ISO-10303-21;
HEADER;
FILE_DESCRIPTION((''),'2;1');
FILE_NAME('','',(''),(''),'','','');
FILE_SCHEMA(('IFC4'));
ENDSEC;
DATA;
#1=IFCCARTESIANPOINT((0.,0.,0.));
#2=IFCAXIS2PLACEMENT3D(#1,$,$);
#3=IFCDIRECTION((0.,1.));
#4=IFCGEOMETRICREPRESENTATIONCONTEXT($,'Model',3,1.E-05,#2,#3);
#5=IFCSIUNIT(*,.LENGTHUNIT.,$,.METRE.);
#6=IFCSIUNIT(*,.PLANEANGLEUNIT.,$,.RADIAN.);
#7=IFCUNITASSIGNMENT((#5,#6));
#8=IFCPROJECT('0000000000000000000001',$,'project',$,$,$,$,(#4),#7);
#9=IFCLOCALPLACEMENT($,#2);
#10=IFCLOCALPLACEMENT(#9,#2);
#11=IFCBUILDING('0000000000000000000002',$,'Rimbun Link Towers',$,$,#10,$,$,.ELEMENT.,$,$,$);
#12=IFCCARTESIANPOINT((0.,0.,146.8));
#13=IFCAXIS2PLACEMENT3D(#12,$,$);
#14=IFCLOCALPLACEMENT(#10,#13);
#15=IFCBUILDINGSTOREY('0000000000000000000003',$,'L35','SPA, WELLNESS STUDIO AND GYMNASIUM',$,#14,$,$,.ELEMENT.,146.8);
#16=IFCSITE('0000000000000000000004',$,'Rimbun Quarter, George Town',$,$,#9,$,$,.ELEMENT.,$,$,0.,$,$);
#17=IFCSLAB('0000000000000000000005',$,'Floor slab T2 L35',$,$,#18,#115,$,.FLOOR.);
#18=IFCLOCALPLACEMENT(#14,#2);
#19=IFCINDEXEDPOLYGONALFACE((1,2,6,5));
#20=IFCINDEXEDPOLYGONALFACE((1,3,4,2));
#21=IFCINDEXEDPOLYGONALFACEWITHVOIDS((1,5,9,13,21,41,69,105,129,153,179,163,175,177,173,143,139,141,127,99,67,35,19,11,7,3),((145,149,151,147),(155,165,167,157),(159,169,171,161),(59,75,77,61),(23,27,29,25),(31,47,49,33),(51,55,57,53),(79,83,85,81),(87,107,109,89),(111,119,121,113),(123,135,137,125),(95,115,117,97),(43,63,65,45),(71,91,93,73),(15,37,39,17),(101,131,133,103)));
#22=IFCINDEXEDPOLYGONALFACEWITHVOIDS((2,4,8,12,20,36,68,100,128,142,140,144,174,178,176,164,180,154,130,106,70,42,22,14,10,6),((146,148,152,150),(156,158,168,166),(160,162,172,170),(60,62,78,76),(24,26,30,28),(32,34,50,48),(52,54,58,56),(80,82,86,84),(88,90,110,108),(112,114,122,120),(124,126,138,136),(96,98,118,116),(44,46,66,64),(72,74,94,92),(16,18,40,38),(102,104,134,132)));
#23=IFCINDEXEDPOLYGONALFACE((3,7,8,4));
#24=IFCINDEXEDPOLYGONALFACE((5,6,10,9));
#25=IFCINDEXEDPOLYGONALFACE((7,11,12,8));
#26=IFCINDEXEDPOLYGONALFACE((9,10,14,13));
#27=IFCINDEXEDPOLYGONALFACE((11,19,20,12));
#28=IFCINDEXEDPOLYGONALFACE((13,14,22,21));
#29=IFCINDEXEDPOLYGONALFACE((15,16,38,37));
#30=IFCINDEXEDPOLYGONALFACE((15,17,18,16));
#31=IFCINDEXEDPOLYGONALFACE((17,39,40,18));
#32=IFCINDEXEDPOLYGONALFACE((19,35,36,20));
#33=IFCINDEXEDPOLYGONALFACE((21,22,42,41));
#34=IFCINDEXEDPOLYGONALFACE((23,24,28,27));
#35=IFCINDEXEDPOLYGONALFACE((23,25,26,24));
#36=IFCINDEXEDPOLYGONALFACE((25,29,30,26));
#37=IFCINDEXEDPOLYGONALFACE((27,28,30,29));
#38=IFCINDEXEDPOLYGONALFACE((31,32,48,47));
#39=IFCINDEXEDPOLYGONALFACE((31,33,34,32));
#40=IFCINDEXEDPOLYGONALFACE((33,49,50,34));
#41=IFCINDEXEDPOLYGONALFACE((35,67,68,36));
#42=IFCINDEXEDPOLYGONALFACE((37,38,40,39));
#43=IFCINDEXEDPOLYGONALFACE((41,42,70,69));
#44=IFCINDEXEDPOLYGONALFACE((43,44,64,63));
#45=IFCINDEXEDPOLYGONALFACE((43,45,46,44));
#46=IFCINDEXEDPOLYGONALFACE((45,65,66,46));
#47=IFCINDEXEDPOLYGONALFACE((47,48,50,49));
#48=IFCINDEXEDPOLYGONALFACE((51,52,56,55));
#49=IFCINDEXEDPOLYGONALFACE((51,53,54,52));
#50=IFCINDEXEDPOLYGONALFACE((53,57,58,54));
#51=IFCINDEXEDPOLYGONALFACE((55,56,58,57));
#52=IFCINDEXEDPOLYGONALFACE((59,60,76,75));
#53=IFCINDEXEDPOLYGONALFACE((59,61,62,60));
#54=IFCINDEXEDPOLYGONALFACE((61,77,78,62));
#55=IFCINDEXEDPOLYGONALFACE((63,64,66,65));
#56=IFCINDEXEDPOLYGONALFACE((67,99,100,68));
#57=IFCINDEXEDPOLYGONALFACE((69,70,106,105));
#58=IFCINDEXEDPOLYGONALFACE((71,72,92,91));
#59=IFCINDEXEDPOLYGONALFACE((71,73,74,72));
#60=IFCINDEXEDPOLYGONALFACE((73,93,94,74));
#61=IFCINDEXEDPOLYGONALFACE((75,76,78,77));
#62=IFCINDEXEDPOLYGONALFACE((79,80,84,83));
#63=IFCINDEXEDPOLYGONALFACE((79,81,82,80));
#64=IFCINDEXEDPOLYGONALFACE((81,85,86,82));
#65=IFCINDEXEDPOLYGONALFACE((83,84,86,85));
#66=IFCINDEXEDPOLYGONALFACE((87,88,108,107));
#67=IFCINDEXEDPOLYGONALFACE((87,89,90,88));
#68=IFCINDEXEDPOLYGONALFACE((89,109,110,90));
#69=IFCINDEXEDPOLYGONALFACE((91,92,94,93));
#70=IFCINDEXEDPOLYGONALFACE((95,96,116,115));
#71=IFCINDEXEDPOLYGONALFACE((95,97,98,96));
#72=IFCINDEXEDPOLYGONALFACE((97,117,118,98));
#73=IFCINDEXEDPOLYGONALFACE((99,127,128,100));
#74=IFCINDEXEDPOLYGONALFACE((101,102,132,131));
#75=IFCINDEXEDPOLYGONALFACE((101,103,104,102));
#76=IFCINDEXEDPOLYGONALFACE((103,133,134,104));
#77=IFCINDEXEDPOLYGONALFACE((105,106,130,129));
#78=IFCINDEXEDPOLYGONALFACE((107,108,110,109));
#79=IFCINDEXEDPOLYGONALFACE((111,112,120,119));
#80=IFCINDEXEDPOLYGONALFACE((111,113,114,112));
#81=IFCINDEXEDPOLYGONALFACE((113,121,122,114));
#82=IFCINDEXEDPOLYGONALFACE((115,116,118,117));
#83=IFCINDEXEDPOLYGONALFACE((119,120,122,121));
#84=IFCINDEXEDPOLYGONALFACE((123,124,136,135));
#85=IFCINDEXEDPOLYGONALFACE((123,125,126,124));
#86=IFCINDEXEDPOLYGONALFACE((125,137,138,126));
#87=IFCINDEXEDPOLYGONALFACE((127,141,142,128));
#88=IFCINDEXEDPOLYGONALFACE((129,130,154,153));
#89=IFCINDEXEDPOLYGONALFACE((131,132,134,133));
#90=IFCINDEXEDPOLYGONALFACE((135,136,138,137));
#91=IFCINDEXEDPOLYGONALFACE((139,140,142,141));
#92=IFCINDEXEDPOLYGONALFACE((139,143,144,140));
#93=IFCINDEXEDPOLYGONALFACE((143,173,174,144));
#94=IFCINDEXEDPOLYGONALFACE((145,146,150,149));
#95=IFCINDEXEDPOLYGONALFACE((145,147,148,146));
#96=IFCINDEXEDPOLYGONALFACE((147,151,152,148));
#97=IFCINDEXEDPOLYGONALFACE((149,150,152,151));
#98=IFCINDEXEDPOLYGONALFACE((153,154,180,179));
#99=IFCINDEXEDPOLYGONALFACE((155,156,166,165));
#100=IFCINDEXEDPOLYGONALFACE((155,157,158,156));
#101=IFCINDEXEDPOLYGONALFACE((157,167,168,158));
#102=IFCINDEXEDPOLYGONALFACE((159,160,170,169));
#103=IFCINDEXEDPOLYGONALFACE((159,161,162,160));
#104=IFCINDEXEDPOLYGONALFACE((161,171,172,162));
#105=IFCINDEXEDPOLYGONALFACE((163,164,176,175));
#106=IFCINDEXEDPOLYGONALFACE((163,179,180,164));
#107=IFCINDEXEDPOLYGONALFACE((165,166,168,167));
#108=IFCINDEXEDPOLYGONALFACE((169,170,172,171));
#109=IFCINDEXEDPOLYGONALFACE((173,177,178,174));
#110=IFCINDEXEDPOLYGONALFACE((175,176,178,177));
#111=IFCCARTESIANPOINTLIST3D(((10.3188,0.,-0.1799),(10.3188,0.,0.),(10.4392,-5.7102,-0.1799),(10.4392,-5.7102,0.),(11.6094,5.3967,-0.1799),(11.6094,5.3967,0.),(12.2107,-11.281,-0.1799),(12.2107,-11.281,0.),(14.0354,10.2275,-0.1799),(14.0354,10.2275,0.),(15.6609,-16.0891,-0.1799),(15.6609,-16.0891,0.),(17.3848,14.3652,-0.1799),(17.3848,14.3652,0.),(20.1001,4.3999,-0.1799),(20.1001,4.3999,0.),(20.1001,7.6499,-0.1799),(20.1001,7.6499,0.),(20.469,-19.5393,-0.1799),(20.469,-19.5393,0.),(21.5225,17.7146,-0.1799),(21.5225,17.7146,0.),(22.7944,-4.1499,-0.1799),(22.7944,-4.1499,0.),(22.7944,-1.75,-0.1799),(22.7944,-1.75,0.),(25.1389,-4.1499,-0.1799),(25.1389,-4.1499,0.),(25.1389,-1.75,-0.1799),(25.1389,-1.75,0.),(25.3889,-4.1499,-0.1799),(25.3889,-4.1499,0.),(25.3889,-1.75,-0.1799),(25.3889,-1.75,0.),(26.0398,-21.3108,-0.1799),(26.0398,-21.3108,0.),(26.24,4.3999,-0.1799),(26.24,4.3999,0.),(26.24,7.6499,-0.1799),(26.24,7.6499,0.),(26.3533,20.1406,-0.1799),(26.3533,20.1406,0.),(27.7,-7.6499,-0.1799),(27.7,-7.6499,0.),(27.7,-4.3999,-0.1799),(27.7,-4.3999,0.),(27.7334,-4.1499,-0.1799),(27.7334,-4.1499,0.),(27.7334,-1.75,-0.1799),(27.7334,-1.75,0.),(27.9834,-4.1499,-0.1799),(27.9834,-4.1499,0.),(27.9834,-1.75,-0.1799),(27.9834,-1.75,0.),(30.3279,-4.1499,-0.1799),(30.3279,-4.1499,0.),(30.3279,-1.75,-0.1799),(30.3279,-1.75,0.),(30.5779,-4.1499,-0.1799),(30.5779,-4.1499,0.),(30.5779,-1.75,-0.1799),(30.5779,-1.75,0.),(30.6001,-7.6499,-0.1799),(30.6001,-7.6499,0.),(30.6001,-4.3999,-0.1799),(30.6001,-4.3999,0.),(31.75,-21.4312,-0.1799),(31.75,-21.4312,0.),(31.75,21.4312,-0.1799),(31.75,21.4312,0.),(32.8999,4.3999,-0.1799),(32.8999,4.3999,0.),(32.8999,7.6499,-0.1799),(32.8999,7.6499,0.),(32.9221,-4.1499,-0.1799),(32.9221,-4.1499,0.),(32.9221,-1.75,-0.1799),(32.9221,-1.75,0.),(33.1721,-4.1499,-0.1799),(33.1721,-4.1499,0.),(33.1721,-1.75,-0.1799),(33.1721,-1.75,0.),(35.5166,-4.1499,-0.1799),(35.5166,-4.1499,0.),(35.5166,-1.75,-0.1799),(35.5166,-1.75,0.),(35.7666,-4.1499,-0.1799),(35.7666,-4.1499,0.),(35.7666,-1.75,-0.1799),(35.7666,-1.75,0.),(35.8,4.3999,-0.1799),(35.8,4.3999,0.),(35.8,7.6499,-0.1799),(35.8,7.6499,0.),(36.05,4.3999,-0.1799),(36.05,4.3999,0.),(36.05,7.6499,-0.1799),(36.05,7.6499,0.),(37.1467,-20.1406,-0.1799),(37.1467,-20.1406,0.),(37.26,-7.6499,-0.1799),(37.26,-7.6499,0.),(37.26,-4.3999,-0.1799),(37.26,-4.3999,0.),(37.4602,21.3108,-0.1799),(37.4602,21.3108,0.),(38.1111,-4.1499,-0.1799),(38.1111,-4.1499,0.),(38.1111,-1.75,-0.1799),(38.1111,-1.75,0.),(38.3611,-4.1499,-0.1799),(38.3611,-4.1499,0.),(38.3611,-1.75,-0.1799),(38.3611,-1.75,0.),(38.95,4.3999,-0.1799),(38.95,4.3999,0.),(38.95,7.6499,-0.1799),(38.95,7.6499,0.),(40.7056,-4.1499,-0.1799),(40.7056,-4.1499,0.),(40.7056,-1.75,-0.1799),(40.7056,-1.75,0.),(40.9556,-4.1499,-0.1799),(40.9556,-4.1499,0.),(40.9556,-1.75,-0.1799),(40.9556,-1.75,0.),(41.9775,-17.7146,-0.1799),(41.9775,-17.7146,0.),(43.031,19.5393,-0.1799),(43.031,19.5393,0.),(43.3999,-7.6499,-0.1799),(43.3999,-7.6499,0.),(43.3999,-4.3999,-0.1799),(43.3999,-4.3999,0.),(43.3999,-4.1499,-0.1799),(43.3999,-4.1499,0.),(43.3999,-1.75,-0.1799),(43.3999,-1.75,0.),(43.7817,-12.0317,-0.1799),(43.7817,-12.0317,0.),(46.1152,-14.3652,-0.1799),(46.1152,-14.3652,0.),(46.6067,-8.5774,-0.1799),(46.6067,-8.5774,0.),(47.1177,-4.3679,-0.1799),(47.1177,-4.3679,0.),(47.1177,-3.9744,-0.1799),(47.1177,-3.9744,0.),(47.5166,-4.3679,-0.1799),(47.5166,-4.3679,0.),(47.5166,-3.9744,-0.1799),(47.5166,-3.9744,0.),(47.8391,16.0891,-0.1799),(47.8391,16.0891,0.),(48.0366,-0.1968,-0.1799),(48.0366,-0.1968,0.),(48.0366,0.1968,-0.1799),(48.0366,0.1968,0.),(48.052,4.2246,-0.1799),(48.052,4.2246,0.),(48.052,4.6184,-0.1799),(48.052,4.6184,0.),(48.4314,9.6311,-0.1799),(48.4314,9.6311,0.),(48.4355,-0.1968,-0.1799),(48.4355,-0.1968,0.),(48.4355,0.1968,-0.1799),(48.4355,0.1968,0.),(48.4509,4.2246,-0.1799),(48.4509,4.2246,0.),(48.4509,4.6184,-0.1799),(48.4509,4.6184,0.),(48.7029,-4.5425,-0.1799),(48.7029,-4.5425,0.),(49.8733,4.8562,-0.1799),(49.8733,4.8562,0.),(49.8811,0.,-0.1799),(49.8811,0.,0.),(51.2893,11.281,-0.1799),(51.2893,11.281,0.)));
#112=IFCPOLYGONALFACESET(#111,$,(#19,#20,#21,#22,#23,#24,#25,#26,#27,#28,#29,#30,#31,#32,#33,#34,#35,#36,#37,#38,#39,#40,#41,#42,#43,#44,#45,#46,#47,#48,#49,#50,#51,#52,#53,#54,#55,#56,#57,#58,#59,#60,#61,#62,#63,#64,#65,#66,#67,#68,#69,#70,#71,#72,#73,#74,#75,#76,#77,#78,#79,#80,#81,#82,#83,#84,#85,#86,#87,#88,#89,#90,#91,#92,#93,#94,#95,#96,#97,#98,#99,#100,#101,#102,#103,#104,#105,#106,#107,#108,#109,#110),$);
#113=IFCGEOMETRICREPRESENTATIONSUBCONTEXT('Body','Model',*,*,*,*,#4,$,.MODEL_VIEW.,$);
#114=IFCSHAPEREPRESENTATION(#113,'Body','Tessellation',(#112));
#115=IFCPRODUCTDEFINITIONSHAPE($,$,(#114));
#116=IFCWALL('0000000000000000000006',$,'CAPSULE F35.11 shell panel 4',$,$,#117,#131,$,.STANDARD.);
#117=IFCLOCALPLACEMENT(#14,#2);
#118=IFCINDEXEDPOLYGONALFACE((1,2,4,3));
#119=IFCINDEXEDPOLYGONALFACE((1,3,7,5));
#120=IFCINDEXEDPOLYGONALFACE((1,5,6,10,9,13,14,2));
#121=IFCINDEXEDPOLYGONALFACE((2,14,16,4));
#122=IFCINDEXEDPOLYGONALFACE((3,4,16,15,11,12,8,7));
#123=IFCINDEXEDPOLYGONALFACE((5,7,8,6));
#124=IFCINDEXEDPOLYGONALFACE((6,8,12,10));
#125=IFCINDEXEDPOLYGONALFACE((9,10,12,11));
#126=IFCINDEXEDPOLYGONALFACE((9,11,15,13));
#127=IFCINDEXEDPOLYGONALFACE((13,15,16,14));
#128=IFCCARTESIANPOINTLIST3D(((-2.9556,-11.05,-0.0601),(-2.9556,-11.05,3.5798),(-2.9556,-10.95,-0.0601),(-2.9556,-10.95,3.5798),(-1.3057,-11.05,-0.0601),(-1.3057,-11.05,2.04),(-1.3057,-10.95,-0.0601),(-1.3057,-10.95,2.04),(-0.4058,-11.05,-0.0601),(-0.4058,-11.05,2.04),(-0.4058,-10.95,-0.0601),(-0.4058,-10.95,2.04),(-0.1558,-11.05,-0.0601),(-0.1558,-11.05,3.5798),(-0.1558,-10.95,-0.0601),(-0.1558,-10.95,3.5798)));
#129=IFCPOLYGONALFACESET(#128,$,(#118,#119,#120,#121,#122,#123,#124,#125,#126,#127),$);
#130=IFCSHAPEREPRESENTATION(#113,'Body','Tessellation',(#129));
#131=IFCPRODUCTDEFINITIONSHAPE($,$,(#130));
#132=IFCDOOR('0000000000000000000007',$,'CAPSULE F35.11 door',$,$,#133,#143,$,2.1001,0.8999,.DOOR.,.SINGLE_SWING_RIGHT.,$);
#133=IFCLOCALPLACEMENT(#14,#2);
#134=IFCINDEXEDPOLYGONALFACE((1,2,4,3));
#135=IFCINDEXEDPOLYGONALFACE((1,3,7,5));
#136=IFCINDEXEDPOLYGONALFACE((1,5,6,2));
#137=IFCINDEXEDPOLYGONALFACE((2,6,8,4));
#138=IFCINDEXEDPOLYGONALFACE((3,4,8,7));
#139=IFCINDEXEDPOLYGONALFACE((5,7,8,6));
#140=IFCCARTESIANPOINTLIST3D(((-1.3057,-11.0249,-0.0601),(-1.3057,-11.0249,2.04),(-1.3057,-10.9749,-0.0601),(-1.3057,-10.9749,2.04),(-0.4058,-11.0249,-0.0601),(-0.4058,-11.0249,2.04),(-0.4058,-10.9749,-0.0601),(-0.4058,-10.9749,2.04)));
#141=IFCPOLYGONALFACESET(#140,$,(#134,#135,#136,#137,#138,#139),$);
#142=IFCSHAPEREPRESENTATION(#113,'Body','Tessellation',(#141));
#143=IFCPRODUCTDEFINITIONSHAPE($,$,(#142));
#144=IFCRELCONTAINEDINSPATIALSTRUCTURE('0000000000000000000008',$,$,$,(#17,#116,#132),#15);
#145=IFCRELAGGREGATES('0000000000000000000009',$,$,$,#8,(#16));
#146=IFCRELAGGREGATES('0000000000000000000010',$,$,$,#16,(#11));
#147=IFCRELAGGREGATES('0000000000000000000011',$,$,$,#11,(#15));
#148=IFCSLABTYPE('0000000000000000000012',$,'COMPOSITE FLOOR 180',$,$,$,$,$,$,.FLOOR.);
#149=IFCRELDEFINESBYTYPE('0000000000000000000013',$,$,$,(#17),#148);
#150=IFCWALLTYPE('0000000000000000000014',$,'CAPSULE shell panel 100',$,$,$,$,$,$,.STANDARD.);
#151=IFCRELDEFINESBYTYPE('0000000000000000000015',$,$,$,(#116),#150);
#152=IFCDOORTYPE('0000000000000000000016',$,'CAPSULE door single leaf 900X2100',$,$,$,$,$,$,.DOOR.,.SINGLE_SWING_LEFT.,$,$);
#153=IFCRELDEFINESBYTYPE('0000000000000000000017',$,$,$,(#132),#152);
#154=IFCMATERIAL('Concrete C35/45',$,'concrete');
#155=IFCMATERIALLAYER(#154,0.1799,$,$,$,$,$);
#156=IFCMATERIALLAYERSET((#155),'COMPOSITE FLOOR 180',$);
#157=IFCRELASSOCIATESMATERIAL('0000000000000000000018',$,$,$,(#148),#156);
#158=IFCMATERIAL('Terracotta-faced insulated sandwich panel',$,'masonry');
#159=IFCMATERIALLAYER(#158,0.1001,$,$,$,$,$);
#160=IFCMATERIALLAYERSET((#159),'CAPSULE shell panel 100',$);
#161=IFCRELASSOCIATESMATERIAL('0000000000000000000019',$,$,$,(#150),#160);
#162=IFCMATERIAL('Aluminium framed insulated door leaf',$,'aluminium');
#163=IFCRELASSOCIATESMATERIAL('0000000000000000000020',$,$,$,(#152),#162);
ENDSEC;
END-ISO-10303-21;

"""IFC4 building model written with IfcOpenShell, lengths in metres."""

from ifc_helpers import new_model, si_unit, direction, frame, frame_2d, origin, place, context, subcontext, project, spatial, polyline, rectangle, outline, extrude, material, layer, layer_set, type_object, element, fill, save


model = new_model("IFC4")

# Units and contexts
model_context = context("Model", 3, precision=1e-05, world=origin(), true_north=direction((0.0, 1.0)))
body_context = subcontext(model_context, "Body", "Model", "MODEL_VIEW")
ifc_project = project(units=[si_unit("LENGTHUNIT", "METRE"), si_unit("PLANEANGLEUNIT", "RADIAN")], contexts=[model_context])

# Site, building, storey
site_placement = place(None, origin())
site = spatial("IfcSite", under=ifc_project, at=site_placement, Name="Rimbun Quarter, George Town", CompositionType="ELEMENT", RefElevation=0.0)
building_placement = place(site_placement, origin())
building = spatial("IfcBuilding", under=site, at=building_placement, Name="Rimbun Link Towers", CompositionType="ELEMENT")
storey_placement = place(building_placement, frame((0.0, 0.0, 146.8)))
storey = spatial("IfcBuildingStorey", under=building, at=storey_placement, Name="L35", Description="SPA, WELLNESS STUDIO AND GYMNASIUM", CompositionType="ELEMENT", Elevation=146.8)

# Slab
ifc_material_1 = material(Name="Concrete C35/45", Category="concrete")
ifc_layer_1 = layer(ifc_material_1, 0.1799)
ifc_layer_set_1 = layer_set([ifc_layer_1], Name="COMPOSITE FLOOR 180")
slab_type = type_object("IfcSlabType", Name="COMPOSITE FLOOR 180", PredefinedType="FLOOR", material=ifc_layer_set_1)
slab_1_placement = place(storey_placement, frame((0.0, 0.0, -0.1799)))
element("IfcSlab", 1, at=slab_1_placement, inside=storey, type_object=slab_type, Name="Floor slab T2 L35", PredefinedType="FLOOR", context=body_context, shape_type="SweptSolid", body=[
    extrude(outline(polyline([(41.9775, -17.7146), (37.1467, -20.1406), (31.75, -21.4312), (26.0398, -21.3108), (20.469, -19.5393), (15.6609, -16.0891), (12.2107, -11.281), (10.4392, -5.7102), (10.3188, 0.0), (11.6094, 5.3967), (14.0354, 10.2275), (17.3848, 14.3652), (21.5225, 17.7146), (26.3533, 20.1406), (31.75, 21.4312), (37.4602, 21.3108), (43.031, 19.5393), (47.8391, 16.0891), (51.2893, 11.281), (48.4314, 9.6311), (49.8733, 4.8562), (49.8811, 0.0), (48.7029, -4.5425), (46.6067, -8.5774), (43.7817, -12.0317), (46.1152, -14.3652), (41.9775, -17.7146)]), holes=[polyline([(30.6001, -7.6499), (30.6001, -4.3999), (27.7, -4.3999), (27.7, -7.6499), (30.6001, -7.6499)]), polyline([(25.1389, -4.1499), (25.1389, -1.75), (22.7944, -1.75), (22.7944, -4.1499), (25.1389, -4.1499)]), polyline([(27.7334, -4.1499), (27.7334, -1.75), (25.3889, -1.75), (25.3889, -4.1499), (27.7334, -4.1499)]), polyline([(30.3279, -4.1499), (30.3279, -1.75), (27.9834, -1.75), (27.9834, -4.1499), (30.3279, -4.1499)]), polyline([(32.9221, -4.1499), (32.9221, -1.75), (30.5779, -1.75), (30.5779, -4.1499), (32.9221, -4.1499)]), polyline([(35.5166, -4.1499), (35.5166, -1.75), (33.1721, -1.75), (33.1721, -4.1499), (35.5166, -4.1499)]), polyline([(26.24, 4.3999), (26.24, 7.6499), (20.1001, 7.6499), (20.1001, 4.3999), (26.24, 4.3999)]), polyline([(35.8, 4.3999), (35.8, 7.6499), (32.8999, 7.6499), (32.8999, 4.3999), (35.8, 4.3999)]), polyline([(43.3999, -7.6499), (43.3999, -4.3999), (37.26, -4.3999), (37.26, -7.6499), (43.3999, -7.6499)]), polyline([(47.5166, -4.3679), (47.5166, -3.9744), (47.1177, -3.9744), (47.1177, -4.3679), (47.5166, -4.3679)]), polyline([(38.1111, -4.1499), (38.1111, -1.75), (35.7666, -1.75), (35.7666, -4.1499), (38.1111, -4.1499)]), polyline([(40.7056, -4.1499), (40.7056, -1.75), (38.3611, -1.75), (38.3611, -4.1499), (40.7056, -4.1499)]), polyline([(43.3999, -4.1499), (43.3999, -1.75), (40.9556, -1.75), (40.9556, -4.1499), (43.3999, -4.1499)]), polyline([(48.4355, -0.1968), (48.4355, 0.1968), (48.0366, 0.1968), (48.0366, -0.1968), (48.4355, -0.1968)]), polyline([(48.4509, 4.2246), (48.4509, 4.6184), (48.052, 4.6184), (48.052, 4.2246), (48.4509, 4.2246)]), polyline([(38.95, 4.3999), (38.95, 7.6499), (36.05, 7.6499), (36.05, 4.3999), (38.95, 4.3999)])]), origin(), (0.0, 0.0, 1.0), 0.1799),
])

# Wall, opening, door
ifc_material_2 = material(Name="Terracotta-faced insulated sandwich panel", Category="masonry")
ifc_layer_2 = layer(ifc_material_2, 0.1001)
ifc_layer_set_2 = layer_set([ifc_layer_2], Name="CAPSULE shell panel 100")
wall_type_1 = type_object("IfcWallType", Name="CAPSULE shell panel 100", PredefinedType="STANDARD", material=ifc_layer_set_2)
wall_1_placement = place(storey_placement, frame((-0.1558, -11.0, -0.0601), z_axis=(0.0, 0.0, 1.0), x_axis=(-1.0, 0.0, 0.0)))
wall_1 = element("IfcWall", 2, at=wall_1_placement, inside=storey, type_object=wall_type_1, Name="CAPSULE F35.11 shell panel 4", PredefinedType="STANDARD", context=body_context, shape_type="SweptSolid", body=[
    extrude(rectangle(XDim=2.7998, YDim=0.1001, at=frame_2d((1.3999, 0.0))), origin(), (0.0, 0.0, 1.0), 3.6399),
])
opening_1_placement = place(wall_1_placement, frame((0.25, 0.0, 0.0)))
opening_1 = element("IfcOpeningElement", 3, at=opening_1_placement, cuts=wall_1, PredefinedType="OPENING", context=body_context, shape_type="SweptSolid", body=[
    extrude(rectangle(XDim=0.8999, YDim=2.1001, at=frame_2d((0.45, 1.05))), frame((0.0, 0.0601, 0.0), z_axis=(0.0, -1.0, 0.0), x_axis=(1.0, 0.0, 0.0)), (0.0, 0.0, 1.0), 0.1201),
])
ifc_material_3 = material(Name="Aluminium framed insulated door leaf", Category="aluminium")
door_type_1 = type_object("IfcDoorType", Name="CAPSULE door single leaf 900X2100", OperationType="SINGLE_SWING_LEFT", PredefinedType="DOOR", material=ifc_material_3)
door_1_placement = place(opening_1_placement, origin())
door_1 = element("IfcDoor", 4, at=door_1_placement, inside=storey, type_object=door_type_1, Name="CAPSULE F35.11 door", OperationType="SINGLE_SWING_RIGHT", OverallHeight=2.1001, OverallWidth=0.8999, PredefinedType="DOOR", context=body_context, shape_type="SweptSolid", body=[
    extrude(rectangle(XDim=0.8999, YDim=2.1001, at=frame_2d((0.45, 1.05))), frame((0.0, 0.0249, 0.0), z_axis=(0.0, -1.0, 0.0), x_axis=(1.0, 0.0, 0.0)), (0.0, 0.0, 1.0), 0.05),
])
fill(opening_1, door_1)

save(model, "model.ifc")
